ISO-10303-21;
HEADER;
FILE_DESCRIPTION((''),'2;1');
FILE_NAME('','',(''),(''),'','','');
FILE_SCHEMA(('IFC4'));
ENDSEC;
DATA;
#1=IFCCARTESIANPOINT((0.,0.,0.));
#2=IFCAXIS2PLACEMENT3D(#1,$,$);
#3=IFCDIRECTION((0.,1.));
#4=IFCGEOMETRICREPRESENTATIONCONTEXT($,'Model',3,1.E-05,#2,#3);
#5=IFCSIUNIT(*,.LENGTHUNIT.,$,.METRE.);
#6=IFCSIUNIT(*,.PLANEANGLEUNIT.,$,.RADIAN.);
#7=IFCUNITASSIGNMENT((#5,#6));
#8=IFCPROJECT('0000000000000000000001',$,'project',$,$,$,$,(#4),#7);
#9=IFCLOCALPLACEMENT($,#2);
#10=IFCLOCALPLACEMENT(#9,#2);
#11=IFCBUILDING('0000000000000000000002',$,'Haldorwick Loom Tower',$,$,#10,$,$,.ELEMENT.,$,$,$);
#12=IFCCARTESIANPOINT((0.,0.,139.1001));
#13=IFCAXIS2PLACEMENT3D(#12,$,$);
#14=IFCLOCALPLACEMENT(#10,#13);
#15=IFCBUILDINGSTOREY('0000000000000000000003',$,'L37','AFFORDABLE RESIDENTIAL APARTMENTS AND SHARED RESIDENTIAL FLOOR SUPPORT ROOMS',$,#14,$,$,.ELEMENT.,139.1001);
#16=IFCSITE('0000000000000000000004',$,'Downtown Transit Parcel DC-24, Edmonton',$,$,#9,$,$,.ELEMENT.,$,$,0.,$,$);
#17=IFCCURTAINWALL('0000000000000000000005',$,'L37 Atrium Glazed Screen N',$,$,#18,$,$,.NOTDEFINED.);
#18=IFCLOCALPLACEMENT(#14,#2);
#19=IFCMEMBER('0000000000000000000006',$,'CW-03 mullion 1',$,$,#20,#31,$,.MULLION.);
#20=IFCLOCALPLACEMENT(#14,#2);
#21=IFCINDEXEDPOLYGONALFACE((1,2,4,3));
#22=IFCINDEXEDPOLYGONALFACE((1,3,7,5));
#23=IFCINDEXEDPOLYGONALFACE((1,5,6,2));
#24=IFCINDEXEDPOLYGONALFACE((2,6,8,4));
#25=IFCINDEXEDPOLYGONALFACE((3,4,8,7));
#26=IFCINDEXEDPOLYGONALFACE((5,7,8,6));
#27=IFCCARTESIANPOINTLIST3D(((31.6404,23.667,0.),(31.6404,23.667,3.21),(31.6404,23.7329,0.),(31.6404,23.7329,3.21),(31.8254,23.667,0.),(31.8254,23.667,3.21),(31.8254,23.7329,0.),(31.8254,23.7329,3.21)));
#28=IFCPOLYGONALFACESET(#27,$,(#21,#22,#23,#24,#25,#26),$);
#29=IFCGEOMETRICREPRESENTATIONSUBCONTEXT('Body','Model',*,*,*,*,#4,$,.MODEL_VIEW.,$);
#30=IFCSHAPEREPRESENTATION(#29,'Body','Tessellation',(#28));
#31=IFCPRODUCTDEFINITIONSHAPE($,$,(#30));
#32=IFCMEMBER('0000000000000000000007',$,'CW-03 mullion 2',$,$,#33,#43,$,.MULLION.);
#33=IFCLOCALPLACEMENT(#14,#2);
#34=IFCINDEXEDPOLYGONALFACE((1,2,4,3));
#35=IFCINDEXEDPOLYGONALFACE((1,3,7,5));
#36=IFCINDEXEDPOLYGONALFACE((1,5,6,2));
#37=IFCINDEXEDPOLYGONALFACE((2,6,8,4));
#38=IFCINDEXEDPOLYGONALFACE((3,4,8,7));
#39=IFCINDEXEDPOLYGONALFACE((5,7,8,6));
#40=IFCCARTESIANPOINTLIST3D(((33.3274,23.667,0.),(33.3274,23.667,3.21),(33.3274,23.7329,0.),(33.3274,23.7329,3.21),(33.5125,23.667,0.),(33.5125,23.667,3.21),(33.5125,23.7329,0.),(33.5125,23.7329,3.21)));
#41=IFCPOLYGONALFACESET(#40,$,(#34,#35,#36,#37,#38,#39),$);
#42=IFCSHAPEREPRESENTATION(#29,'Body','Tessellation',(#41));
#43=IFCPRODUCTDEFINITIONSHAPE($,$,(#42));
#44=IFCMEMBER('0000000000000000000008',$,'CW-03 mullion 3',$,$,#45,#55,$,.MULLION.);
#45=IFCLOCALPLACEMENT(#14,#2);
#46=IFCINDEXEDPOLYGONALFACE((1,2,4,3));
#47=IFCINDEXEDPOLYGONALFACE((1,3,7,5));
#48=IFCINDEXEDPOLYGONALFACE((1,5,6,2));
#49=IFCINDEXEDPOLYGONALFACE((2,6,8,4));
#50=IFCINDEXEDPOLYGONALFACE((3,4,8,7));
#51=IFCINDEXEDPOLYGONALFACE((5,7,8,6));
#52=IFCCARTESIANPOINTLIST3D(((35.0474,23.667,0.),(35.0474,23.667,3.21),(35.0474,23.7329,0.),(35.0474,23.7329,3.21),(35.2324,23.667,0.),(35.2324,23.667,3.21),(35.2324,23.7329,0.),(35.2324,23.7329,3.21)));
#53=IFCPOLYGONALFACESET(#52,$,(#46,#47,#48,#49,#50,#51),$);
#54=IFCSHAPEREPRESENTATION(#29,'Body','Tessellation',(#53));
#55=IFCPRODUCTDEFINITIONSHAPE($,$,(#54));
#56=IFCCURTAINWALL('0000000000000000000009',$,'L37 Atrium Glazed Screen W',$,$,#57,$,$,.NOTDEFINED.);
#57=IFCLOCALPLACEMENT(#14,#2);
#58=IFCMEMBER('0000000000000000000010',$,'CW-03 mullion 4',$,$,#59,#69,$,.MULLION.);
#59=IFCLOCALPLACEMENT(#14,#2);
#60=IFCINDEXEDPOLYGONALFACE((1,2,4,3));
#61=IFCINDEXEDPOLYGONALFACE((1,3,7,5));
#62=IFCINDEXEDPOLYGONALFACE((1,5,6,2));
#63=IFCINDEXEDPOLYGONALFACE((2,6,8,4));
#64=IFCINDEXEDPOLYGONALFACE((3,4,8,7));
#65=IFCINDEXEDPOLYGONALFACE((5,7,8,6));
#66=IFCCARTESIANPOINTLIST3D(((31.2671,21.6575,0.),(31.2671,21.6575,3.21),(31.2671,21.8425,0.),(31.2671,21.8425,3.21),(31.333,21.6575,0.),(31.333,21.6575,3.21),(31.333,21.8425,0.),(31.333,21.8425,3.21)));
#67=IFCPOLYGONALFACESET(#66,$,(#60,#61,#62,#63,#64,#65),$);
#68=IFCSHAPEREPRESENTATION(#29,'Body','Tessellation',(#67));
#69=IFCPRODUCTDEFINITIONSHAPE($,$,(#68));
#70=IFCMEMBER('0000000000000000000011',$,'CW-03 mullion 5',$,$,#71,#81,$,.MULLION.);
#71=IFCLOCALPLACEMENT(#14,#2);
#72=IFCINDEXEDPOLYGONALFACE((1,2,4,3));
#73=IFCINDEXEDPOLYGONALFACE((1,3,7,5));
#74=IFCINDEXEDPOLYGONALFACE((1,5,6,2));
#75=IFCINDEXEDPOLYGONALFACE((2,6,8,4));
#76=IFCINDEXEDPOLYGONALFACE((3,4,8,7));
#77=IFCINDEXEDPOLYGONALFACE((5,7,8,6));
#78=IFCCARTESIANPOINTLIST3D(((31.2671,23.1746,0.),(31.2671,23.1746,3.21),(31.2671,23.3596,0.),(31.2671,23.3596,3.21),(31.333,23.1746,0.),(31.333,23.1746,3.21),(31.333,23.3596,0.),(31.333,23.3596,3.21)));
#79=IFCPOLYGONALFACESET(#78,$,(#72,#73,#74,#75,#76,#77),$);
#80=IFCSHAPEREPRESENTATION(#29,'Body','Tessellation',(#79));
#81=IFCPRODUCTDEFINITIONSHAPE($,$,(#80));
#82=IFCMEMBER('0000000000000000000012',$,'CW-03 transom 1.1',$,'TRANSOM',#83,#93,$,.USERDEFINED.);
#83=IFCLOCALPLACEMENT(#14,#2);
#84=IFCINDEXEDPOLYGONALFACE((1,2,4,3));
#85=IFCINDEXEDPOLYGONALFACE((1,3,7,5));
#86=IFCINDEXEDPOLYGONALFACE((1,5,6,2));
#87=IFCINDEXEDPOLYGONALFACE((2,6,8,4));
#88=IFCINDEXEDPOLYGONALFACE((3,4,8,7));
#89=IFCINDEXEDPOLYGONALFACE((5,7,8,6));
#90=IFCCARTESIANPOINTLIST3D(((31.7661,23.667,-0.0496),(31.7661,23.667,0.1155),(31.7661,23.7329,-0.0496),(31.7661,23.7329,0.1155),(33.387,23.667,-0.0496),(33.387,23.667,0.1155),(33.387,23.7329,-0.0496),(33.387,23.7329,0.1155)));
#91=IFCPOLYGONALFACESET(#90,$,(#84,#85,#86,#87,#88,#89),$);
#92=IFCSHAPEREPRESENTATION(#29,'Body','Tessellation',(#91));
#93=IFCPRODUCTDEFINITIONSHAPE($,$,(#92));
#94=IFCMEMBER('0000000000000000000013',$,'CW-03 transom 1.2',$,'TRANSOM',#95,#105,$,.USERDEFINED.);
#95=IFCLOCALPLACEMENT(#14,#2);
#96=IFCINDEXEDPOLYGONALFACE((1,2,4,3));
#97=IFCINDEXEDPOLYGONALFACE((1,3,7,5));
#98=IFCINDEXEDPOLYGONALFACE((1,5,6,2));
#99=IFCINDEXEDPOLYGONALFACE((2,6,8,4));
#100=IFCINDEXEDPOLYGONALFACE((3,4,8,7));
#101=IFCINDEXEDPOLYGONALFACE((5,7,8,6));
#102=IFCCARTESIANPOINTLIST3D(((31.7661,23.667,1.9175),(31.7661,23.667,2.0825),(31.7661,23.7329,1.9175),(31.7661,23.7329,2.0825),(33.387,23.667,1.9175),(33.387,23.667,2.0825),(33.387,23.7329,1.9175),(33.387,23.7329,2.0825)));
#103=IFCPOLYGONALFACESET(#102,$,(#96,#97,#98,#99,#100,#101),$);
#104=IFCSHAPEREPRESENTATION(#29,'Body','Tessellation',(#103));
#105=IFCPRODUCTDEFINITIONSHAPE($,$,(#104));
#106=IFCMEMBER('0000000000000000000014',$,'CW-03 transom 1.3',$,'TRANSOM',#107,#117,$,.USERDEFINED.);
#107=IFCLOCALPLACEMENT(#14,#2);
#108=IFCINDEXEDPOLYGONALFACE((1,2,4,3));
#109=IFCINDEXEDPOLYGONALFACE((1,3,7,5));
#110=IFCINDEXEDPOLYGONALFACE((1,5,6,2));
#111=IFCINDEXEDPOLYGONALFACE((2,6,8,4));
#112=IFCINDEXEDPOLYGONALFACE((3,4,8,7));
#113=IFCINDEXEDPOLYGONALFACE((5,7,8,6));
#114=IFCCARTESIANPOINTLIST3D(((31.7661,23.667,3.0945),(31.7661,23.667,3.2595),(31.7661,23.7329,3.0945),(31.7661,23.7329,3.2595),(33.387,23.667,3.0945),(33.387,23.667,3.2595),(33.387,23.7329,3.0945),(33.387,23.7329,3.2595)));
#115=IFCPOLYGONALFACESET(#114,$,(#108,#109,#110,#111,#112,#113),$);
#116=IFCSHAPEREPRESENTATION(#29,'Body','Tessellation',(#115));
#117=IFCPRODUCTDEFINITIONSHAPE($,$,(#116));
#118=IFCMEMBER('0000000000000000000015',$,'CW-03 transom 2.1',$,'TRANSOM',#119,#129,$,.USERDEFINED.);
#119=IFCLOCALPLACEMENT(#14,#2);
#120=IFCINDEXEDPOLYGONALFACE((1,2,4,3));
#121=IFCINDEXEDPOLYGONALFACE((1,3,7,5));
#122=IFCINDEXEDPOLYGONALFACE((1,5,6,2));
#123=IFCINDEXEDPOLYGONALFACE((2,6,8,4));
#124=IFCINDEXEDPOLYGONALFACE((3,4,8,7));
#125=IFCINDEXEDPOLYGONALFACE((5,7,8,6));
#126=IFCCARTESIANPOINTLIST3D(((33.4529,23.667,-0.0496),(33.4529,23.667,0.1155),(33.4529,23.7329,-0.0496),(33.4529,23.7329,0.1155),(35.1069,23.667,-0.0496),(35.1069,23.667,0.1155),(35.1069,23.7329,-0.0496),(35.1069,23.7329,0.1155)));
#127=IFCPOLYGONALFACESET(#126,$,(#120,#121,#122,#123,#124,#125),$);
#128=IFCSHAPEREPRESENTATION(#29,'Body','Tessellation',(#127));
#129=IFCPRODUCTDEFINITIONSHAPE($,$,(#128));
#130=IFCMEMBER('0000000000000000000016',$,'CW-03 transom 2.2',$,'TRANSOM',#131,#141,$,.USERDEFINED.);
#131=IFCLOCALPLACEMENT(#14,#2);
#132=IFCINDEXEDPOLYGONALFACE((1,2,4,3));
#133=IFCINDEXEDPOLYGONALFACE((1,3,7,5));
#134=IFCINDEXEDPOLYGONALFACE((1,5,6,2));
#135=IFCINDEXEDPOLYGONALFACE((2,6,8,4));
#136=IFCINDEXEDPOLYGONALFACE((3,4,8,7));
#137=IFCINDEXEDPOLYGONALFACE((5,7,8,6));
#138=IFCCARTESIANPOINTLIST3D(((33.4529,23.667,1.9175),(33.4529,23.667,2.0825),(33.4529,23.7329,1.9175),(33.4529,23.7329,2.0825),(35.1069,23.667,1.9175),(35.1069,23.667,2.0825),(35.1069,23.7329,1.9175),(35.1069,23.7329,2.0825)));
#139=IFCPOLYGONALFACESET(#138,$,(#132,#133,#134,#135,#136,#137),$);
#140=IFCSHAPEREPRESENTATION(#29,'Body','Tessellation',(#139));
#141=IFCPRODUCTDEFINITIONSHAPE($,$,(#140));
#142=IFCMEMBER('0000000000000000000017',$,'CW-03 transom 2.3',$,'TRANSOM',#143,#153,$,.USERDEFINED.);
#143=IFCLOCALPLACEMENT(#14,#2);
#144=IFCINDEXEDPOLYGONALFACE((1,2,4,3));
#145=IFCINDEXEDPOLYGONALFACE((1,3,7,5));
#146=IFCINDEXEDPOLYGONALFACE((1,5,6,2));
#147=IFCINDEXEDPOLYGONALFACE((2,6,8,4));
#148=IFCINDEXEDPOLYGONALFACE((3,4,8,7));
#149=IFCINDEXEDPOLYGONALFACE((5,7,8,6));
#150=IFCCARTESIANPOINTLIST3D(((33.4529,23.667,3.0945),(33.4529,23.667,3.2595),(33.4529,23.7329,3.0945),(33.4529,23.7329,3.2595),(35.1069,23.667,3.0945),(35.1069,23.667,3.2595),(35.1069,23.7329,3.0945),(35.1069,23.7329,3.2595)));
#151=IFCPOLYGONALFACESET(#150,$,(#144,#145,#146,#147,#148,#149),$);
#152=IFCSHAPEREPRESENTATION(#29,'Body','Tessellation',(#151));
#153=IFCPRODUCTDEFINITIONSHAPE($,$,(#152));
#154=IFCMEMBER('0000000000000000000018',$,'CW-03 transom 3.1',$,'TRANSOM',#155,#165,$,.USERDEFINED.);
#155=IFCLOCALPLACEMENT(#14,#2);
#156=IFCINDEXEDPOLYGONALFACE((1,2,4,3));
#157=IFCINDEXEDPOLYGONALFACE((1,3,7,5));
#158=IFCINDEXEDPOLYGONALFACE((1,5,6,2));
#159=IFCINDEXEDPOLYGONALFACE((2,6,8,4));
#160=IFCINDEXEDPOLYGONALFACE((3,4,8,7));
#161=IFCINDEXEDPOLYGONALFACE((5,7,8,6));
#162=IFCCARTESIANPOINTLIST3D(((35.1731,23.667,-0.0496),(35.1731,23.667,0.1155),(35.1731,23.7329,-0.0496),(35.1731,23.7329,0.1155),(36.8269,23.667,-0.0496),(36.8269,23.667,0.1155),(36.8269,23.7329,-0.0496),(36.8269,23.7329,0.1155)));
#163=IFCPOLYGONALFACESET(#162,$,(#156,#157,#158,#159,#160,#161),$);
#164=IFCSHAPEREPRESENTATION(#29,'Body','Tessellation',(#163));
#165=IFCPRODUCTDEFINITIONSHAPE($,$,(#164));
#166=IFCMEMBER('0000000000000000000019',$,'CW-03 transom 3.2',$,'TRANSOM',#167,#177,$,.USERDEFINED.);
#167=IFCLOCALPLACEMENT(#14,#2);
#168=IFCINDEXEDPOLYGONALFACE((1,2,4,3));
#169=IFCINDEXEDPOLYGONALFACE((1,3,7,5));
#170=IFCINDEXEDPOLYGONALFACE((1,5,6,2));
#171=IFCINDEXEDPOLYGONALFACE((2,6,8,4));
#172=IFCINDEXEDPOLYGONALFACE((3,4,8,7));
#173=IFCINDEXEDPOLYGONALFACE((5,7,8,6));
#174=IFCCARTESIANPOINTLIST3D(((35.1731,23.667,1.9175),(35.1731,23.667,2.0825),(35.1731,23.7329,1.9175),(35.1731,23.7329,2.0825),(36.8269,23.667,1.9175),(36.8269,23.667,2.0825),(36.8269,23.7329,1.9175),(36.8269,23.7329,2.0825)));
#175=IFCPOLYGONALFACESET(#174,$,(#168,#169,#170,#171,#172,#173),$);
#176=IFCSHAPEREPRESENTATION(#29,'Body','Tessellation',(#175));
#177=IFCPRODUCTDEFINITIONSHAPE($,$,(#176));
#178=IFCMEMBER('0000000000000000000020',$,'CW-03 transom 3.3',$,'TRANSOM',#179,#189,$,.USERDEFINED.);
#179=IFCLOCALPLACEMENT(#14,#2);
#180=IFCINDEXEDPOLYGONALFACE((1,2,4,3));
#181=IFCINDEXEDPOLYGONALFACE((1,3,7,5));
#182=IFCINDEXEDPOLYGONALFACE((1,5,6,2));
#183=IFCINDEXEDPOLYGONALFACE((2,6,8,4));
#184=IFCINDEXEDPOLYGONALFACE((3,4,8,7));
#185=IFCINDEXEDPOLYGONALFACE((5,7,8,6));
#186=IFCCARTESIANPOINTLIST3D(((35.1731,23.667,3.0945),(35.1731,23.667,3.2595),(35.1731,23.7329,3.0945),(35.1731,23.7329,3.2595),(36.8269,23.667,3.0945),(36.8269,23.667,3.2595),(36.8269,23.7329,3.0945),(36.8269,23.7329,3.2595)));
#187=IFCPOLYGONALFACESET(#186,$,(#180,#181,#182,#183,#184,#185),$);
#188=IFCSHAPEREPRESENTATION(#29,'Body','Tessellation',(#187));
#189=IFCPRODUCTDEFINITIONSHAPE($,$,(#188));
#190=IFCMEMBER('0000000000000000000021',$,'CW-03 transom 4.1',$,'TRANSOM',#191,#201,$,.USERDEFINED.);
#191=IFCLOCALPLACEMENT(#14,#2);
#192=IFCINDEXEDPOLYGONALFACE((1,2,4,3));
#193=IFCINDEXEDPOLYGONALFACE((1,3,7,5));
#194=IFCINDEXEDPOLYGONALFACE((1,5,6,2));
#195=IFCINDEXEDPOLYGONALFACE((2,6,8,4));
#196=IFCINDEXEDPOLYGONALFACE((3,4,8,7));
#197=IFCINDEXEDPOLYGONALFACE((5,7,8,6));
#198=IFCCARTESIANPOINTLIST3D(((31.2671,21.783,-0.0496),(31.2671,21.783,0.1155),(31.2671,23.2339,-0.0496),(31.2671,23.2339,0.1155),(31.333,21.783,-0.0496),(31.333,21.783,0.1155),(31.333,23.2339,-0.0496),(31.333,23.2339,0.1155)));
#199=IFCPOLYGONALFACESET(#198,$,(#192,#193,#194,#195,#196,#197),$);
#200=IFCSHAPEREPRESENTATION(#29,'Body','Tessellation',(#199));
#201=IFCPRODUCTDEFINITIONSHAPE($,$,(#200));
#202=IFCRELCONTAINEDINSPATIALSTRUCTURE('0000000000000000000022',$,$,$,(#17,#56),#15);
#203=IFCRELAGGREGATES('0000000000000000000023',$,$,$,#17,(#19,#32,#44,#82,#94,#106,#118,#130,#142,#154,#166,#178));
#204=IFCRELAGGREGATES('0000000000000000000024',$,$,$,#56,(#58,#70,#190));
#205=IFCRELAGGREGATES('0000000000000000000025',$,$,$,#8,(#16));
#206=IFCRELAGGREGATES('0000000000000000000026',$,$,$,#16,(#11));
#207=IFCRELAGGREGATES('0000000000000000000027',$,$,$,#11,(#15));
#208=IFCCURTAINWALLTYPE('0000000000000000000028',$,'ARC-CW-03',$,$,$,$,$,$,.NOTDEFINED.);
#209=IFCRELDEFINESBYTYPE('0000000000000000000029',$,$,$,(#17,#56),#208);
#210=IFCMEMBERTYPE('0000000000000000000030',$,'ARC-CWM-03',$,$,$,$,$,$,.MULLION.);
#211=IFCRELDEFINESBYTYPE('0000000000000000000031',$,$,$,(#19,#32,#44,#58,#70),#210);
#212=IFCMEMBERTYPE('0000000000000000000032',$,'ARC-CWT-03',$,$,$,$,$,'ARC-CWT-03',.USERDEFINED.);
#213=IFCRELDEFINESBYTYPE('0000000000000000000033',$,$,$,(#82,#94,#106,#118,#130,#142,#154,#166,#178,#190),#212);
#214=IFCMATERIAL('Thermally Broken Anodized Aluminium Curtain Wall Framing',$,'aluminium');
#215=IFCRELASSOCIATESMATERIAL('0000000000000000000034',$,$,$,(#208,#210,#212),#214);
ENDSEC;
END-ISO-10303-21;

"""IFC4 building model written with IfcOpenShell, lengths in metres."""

from ifc_helpers import new_model, si_unit, direction, frame, origin, origin_2d, place, context, subcontext, project, spatial, rectangle, extrude, material, material_profile, profile_set, type_object, element, aggregate, save


model = new_model("IFC4")

# Units and contexts
model_context = context("Model", 3, precision=1e-05, world=origin(), true_north=direction((0.0, 1.0)))
body_context = subcontext(model_context, "Body", "Model", "MODEL_VIEW")
ifc_project = project(units=[si_unit("LENGTHUNIT", "METRE"), si_unit("PLANEANGLEUNIT", "RADIAN")], contexts=[model_context])

# Site, building, storey
site_placement = place(None, origin())
site = spatial("IfcSite", under=ifc_project, at=site_placement, Name="Downtown Transit Parcel DC-24, Edmonton", CompositionType="ELEMENT", RefElevation=0.0)
building_placement = place(site_placement, origin())
building = spatial("IfcBuilding", under=site, at=building_placement, Name="Haldorwick Loom Tower", CompositionType="ELEMENT")
storey_placement = place(building_placement, frame((0.0, 0.0, 139.1001)))
storey = spatial("IfcBuildingStorey", under=building, at=storey_placement, Name="L37", Description="AFFORDABLE RESIDENTIAL APARTMENTS AND SHARED RESIDENTIAL FLOOR SUPPORT ROOMS", CompositionType="ELEMENT", Elevation=139.1001)

# Curtain walls, members
ifc_material_1 = material(Name="Thermally Broken Anodized Aluminium Curtain Wall Framing", Category="aluminium")
curtain_wall_type = type_object("IfcCurtainWallType", Name="ARC-CW-03", PredefinedType="NOTDEFINED", material=ifc_material_1)
curtain_wall_1_placement = place(storey_placement, origin())
curtain_wall_1 = element("IfcCurtainWall", 1, at=curtain_wall_1_placement, inside=storey, type_object=curtain_wall_type, Name="L37 Atrium Glazed Screen N", PredefinedType="NOTDEFINED")
ifc_material_profile_1 = material_profile(ifc_material_1, rectangle(XDim=0.0659, YDim=0.1851, at=origin_2d()), Name="ALU_MUL_66X185", Category="aluminium")
ifc_profile_set_1 = profile_set([ifc_material_profile_1], Name="Thermally Broken Anodized Aluminium Curtain Wall Framing")
member_type_1 = type_object("IfcMemberType", Name="ARC-CWM-03", PredefinedType="MULLION", material=ifc_profile_set_1)
member_1_placement = place(storey_placement, frame((31.7329, 23.7, 0.0), z_axis=(0.0, 0.0, 1.0), x_axis=(0.0, 1.0, 0.0)))
member_1 = element("IfcMember", 2, at=member_1_placement, type_object=member_type_1, Name="CW-03 mullion 1", PredefinedType="MULLION", context=body_context, shape_type="SweptSolid", body=[
    extrude(rectangle(XDim=0.0659, YDim=0.1851, at=origin_2d()), origin(), (0.0, 0.0, 1.0), 3.21),
])
member_2_placement = place(storey_placement, frame((33.4199, 23.7, 0.0), z_axis=(0.0, 0.0, 1.0), x_axis=(0.0, 1.0, 0.0)))
member_2 = element("IfcMember", 3, at=member_2_placement, type_object=member_type_1, Name="CW-03 mullion 2", PredefinedType="MULLION", context=body_context, shape_type="SweptSolid", body=[
    extrude(rectangle(XDim=0.0659, YDim=0.1851, at=origin_2d()), origin(), (0.0, 0.0, 1.0), 3.21),
])
member_3_placement = place(storey_placement, frame((35.1399, 23.7, 0.0), z_axis=(0.0, 0.0, 1.0), x_axis=(0.0, 1.0, 0.0)))
member_3 = element("IfcMember", 4, at=member_3_placement, type_object=member_type_1, Name="CW-03 mullion 3", PredefinedType="MULLION", context=body_context, shape_type="SweptSolid", body=[
    extrude(rectangle(XDim=0.0659, YDim=0.1851, at=origin_2d()), origin(), (0.0, 0.0, 1.0), 3.21),
])
curtain_wall_2_placement = place(storey_placement, origin())
curtain_wall_2 = element("IfcCurtainWall", 5, at=curtain_wall_2_placement, inside=storey, type_object=curtain_wall_type, Name="L37 Atrium Glazed Screen W", PredefinedType="NOTDEFINED")
member_4_placement = place(storey_placement, frame((31.3, 21.75, 0.0), z_axis=(0.0, 0.0, 1.0), x_axis=(-1.0, 0.0, 0.0)))
member_4 = element("IfcMember", 6, at=member_4_placement, type_object=member_type_1, Name="CW-03 mullion 4", PredefinedType="MULLION", context=body_context, shape_type="SweptSolid", body=[
    extrude(rectangle(XDim=0.0659, YDim=0.1851, at=origin_2d()), origin(), (0.0, 0.0, 1.0), 3.21),
])
member_5_placement = place(storey_placement, frame((31.3, 23.2671, 0.0), z_axis=(0.0, 0.0, 1.0), x_axis=(-1.0, 0.0, 0.0)))
member_5 = element("IfcMember", 7, at=member_5_placement, type_object=member_type_1, Name="CW-03 mullion 5", PredefinedType="MULLION", context=body_context, shape_type="SweptSolid", body=[
    extrude(rectangle(XDim=0.0659, YDim=0.1851, at=origin_2d()), origin(), (0.0, 0.0, 1.0), 3.21),
])

# Members
ifc_material_profile_2 = material_profile(ifc_material_1, rectangle(XDim=0.0659, YDim=0.165, at=origin_2d()), Name="ALU_TRN_66X165", Category="aluminium")
ifc_profile_set_2 = profile_set([ifc_material_profile_2], Name="Thermally Broken Anodized Aluminium Curtain Wall Framing")
member_type_2 = type_object("IfcMemberType", Name="ARC-CWT-03", ElementType="ARC-CWT-03", PredefinedType="USERDEFINED", material=ifc_profile_set_2)
member_6_placement = place(storey_placement, frame((31.7661, 23.7, 0.033), z_axis=(1.0, 0.0, 0.0), x_axis=(0.0, 1.0, 0.0)))
member_6 = element("IfcMember", 8, at=member_6_placement, type_object=member_type_2, Name="CW-03 transom 1.1", ObjectType="TRANSOM", PredefinedType="USERDEFINED", context=body_context, shape_type="SweptSolid", body=[
    extrude(rectangle(XDim=0.0659, YDim=0.165, at=origin_2d()), origin(), (0.0, 0.0, 1.0), 1.6208),
])
member_7_placement = place(storey_placement, frame((31.7661, 23.7, 2.0), z_axis=(1.0, 0.0, 0.0), x_axis=(0.0, 1.0, 0.0)))
member_7 = element("IfcMember", 9, at=member_7_placement, type_object=member_type_2, Name="CW-03 transom 1.2", ObjectType="TRANSOM", PredefinedType="USERDEFINED", context=body_context, shape_type="SweptSolid", body=[
    extrude(rectangle(XDim=0.0659, YDim=0.165, at=origin_2d()), origin(), (0.0, 0.0, 1.0), 1.6208),
])
member_8_placement = place(storey_placement, frame((31.7661, 23.7, 3.177), z_axis=(1.0, 0.0, 0.0), x_axis=(0.0, 1.0, 0.0)))
member_8 = element("IfcMember", 10, at=member_8_placement, type_object=member_type_2, Name="CW-03 transom 1.3", ObjectType="TRANSOM", PredefinedType="USERDEFINED", context=body_context, shape_type="SweptSolid", body=[
    extrude(rectangle(XDim=0.0659, YDim=0.165, at=origin_2d()), origin(), (0.0, 0.0, 1.0), 1.6208),
])
member_9_placement = place(storey_placement, frame((33.4529, 23.7, 0.033), z_axis=(1.0, 0.0, 0.0), x_axis=(0.0, 1.0, 0.0)))
member_9 = element("IfcMember", 11, at=member_9_placement, type_object=member_type_2, Name="CW-03 transom 2.1", ObjectType="TRANSOM", PredefinedType="USERDEFINED", context=body_context, shape_type="SweptSolid", body=[
    extrude(rectangle(XDim=0.0659, YDim=0.165, at=origin_2d()), origin(), (0.0, 0.0, 1.0), 1.6541),
])
member_10_placement = place(storey_placement, frame((33.4529, 23.7, 2.0), z_axis=(1.0, 0.0, 0.0), x_axis=(0.0, 1.0, 0.0)))
member_10 = element("IfcMember", 12, at=member_10_placement, type_object=member_type_2, Name="CW-03 transom 2.2", ObjectType="TRANSOM", PredefinedType="USERDEFINED", context=body_context, shape_type="SweptSolid", body=[
    extrude(rectangle(XDim=0.0659, YDim=0.165, at=origin_2d()), origin(), (0.0, 0.0, 1.0), 1.6541),
])
member_11_placement = place(storey_placement, frame((33.4529, 23.7, 3.177), z_axis=(1.0, 0.0, 0.0), x_axis=(0.0, 1.0, 0.0)))
member_11 = element("IfcMember", 13, at=member_11_placement, type_object=member_type_2, Name="CW-03 transom 2.3", ObjectType="TRANSOM", PredefinedType="USERDEFINED", context=body_context, shape_type="SweptSolid", body=[
    extrude(rectangle(XDim=0.0659, YDim=0.165, at=origin_2d()), origin(), (0.0, 0.0, 1.0), 1.6541),
])
member_12_placement = place(storey_placement, frame((35.1731, 23.7, 0.033), z_axis=(1.0, 0.0, 0.0), x_axis=(0.0, 1.0, 0.0)))
member_12 = element("IfcMember", 14, at=member_12_placement, type_object=member_type_2, Name="CW-03 transom 3.1", ObjectType="TRANSOM", PredefinedType="USERDEFINED", context=body_context, shape_type="SweptSolid", body=[
    extrude(rectangle(XDim=0.0659, YDim=0.165, at=origin_2d()), origin(), (0.0, 0.0, 1.0), 1.6538),
])
member_13_placement = place(storey_placement, frame((35.1731, 23.7, 2.0), z_axis=(1.0, 0.0, 0.0), x_axis=(0.0, 1.0, 0.0)))
member_13 = element("IfcMember", 15, at=member_13_placement, type_object=member_type_2, Name="CW-03 transom 3.2", ObjectType="TRANSOM", PredefinedType="USERDEFINED", context=body_context, shape_type="SweptSolid", body=[
    extrude(rectangle(XDim=0.0659, YDim=0.165, at=origin_2d()), origin(), (0.0, 0.0, 1.0), 1.6538),
])
member_14_placement = place(storey_placement, frame((35.1731, 23.7, 3.177), z_axis=(1.0, 0.0, 0.0), x_axis=(0.0, 1.0, 0.0)))
member_14 = element("IfcMember", 16, at=member_14_placement, type_object=member_type_2, Name="CW-03 transom 3.3", ObjectType="TRANSOM", PredefinedType="USERDEFINED", context=body_context, shape_type="SweptSolid", body=[
    extrude(rectangle(XDim=0.0659, YDim=0.165, at=origin_2d()), origin(), (0.0, 0.0, 1.0), 1.6538),
])
member_15_placement = place(storey_placement, frame((31.3, 21.783, 0.033), z_axis=(0.0, 1.0, 0.0), x_axis=(-1.0, 0.0, 0.0)))
member_15 = element("IfcMember", 17, at=member_15_placement, type_object=member_type_2, Name="CW-03 transom 4.1", ObjectType="TRANSOM", PredefinedType="USERDEFINED", context=body_context, shape_type="SweptSolid", body=[
    extrude(rectangle(XDim=0.0659, YDim=0.165, at=origin_2d()), origin(), (0.0, 0.0, 1.0), 1.4509),
])

aggregate(curtain_wall_1, [member_1, member_2, member_3, member_6, member_7, member_8, member_9, member_10, member_11, member_12, member_13, member_14])
aggregate(curtain_wall_2, [member_4, member_5, member_15])

save(model, "model.ifc")
